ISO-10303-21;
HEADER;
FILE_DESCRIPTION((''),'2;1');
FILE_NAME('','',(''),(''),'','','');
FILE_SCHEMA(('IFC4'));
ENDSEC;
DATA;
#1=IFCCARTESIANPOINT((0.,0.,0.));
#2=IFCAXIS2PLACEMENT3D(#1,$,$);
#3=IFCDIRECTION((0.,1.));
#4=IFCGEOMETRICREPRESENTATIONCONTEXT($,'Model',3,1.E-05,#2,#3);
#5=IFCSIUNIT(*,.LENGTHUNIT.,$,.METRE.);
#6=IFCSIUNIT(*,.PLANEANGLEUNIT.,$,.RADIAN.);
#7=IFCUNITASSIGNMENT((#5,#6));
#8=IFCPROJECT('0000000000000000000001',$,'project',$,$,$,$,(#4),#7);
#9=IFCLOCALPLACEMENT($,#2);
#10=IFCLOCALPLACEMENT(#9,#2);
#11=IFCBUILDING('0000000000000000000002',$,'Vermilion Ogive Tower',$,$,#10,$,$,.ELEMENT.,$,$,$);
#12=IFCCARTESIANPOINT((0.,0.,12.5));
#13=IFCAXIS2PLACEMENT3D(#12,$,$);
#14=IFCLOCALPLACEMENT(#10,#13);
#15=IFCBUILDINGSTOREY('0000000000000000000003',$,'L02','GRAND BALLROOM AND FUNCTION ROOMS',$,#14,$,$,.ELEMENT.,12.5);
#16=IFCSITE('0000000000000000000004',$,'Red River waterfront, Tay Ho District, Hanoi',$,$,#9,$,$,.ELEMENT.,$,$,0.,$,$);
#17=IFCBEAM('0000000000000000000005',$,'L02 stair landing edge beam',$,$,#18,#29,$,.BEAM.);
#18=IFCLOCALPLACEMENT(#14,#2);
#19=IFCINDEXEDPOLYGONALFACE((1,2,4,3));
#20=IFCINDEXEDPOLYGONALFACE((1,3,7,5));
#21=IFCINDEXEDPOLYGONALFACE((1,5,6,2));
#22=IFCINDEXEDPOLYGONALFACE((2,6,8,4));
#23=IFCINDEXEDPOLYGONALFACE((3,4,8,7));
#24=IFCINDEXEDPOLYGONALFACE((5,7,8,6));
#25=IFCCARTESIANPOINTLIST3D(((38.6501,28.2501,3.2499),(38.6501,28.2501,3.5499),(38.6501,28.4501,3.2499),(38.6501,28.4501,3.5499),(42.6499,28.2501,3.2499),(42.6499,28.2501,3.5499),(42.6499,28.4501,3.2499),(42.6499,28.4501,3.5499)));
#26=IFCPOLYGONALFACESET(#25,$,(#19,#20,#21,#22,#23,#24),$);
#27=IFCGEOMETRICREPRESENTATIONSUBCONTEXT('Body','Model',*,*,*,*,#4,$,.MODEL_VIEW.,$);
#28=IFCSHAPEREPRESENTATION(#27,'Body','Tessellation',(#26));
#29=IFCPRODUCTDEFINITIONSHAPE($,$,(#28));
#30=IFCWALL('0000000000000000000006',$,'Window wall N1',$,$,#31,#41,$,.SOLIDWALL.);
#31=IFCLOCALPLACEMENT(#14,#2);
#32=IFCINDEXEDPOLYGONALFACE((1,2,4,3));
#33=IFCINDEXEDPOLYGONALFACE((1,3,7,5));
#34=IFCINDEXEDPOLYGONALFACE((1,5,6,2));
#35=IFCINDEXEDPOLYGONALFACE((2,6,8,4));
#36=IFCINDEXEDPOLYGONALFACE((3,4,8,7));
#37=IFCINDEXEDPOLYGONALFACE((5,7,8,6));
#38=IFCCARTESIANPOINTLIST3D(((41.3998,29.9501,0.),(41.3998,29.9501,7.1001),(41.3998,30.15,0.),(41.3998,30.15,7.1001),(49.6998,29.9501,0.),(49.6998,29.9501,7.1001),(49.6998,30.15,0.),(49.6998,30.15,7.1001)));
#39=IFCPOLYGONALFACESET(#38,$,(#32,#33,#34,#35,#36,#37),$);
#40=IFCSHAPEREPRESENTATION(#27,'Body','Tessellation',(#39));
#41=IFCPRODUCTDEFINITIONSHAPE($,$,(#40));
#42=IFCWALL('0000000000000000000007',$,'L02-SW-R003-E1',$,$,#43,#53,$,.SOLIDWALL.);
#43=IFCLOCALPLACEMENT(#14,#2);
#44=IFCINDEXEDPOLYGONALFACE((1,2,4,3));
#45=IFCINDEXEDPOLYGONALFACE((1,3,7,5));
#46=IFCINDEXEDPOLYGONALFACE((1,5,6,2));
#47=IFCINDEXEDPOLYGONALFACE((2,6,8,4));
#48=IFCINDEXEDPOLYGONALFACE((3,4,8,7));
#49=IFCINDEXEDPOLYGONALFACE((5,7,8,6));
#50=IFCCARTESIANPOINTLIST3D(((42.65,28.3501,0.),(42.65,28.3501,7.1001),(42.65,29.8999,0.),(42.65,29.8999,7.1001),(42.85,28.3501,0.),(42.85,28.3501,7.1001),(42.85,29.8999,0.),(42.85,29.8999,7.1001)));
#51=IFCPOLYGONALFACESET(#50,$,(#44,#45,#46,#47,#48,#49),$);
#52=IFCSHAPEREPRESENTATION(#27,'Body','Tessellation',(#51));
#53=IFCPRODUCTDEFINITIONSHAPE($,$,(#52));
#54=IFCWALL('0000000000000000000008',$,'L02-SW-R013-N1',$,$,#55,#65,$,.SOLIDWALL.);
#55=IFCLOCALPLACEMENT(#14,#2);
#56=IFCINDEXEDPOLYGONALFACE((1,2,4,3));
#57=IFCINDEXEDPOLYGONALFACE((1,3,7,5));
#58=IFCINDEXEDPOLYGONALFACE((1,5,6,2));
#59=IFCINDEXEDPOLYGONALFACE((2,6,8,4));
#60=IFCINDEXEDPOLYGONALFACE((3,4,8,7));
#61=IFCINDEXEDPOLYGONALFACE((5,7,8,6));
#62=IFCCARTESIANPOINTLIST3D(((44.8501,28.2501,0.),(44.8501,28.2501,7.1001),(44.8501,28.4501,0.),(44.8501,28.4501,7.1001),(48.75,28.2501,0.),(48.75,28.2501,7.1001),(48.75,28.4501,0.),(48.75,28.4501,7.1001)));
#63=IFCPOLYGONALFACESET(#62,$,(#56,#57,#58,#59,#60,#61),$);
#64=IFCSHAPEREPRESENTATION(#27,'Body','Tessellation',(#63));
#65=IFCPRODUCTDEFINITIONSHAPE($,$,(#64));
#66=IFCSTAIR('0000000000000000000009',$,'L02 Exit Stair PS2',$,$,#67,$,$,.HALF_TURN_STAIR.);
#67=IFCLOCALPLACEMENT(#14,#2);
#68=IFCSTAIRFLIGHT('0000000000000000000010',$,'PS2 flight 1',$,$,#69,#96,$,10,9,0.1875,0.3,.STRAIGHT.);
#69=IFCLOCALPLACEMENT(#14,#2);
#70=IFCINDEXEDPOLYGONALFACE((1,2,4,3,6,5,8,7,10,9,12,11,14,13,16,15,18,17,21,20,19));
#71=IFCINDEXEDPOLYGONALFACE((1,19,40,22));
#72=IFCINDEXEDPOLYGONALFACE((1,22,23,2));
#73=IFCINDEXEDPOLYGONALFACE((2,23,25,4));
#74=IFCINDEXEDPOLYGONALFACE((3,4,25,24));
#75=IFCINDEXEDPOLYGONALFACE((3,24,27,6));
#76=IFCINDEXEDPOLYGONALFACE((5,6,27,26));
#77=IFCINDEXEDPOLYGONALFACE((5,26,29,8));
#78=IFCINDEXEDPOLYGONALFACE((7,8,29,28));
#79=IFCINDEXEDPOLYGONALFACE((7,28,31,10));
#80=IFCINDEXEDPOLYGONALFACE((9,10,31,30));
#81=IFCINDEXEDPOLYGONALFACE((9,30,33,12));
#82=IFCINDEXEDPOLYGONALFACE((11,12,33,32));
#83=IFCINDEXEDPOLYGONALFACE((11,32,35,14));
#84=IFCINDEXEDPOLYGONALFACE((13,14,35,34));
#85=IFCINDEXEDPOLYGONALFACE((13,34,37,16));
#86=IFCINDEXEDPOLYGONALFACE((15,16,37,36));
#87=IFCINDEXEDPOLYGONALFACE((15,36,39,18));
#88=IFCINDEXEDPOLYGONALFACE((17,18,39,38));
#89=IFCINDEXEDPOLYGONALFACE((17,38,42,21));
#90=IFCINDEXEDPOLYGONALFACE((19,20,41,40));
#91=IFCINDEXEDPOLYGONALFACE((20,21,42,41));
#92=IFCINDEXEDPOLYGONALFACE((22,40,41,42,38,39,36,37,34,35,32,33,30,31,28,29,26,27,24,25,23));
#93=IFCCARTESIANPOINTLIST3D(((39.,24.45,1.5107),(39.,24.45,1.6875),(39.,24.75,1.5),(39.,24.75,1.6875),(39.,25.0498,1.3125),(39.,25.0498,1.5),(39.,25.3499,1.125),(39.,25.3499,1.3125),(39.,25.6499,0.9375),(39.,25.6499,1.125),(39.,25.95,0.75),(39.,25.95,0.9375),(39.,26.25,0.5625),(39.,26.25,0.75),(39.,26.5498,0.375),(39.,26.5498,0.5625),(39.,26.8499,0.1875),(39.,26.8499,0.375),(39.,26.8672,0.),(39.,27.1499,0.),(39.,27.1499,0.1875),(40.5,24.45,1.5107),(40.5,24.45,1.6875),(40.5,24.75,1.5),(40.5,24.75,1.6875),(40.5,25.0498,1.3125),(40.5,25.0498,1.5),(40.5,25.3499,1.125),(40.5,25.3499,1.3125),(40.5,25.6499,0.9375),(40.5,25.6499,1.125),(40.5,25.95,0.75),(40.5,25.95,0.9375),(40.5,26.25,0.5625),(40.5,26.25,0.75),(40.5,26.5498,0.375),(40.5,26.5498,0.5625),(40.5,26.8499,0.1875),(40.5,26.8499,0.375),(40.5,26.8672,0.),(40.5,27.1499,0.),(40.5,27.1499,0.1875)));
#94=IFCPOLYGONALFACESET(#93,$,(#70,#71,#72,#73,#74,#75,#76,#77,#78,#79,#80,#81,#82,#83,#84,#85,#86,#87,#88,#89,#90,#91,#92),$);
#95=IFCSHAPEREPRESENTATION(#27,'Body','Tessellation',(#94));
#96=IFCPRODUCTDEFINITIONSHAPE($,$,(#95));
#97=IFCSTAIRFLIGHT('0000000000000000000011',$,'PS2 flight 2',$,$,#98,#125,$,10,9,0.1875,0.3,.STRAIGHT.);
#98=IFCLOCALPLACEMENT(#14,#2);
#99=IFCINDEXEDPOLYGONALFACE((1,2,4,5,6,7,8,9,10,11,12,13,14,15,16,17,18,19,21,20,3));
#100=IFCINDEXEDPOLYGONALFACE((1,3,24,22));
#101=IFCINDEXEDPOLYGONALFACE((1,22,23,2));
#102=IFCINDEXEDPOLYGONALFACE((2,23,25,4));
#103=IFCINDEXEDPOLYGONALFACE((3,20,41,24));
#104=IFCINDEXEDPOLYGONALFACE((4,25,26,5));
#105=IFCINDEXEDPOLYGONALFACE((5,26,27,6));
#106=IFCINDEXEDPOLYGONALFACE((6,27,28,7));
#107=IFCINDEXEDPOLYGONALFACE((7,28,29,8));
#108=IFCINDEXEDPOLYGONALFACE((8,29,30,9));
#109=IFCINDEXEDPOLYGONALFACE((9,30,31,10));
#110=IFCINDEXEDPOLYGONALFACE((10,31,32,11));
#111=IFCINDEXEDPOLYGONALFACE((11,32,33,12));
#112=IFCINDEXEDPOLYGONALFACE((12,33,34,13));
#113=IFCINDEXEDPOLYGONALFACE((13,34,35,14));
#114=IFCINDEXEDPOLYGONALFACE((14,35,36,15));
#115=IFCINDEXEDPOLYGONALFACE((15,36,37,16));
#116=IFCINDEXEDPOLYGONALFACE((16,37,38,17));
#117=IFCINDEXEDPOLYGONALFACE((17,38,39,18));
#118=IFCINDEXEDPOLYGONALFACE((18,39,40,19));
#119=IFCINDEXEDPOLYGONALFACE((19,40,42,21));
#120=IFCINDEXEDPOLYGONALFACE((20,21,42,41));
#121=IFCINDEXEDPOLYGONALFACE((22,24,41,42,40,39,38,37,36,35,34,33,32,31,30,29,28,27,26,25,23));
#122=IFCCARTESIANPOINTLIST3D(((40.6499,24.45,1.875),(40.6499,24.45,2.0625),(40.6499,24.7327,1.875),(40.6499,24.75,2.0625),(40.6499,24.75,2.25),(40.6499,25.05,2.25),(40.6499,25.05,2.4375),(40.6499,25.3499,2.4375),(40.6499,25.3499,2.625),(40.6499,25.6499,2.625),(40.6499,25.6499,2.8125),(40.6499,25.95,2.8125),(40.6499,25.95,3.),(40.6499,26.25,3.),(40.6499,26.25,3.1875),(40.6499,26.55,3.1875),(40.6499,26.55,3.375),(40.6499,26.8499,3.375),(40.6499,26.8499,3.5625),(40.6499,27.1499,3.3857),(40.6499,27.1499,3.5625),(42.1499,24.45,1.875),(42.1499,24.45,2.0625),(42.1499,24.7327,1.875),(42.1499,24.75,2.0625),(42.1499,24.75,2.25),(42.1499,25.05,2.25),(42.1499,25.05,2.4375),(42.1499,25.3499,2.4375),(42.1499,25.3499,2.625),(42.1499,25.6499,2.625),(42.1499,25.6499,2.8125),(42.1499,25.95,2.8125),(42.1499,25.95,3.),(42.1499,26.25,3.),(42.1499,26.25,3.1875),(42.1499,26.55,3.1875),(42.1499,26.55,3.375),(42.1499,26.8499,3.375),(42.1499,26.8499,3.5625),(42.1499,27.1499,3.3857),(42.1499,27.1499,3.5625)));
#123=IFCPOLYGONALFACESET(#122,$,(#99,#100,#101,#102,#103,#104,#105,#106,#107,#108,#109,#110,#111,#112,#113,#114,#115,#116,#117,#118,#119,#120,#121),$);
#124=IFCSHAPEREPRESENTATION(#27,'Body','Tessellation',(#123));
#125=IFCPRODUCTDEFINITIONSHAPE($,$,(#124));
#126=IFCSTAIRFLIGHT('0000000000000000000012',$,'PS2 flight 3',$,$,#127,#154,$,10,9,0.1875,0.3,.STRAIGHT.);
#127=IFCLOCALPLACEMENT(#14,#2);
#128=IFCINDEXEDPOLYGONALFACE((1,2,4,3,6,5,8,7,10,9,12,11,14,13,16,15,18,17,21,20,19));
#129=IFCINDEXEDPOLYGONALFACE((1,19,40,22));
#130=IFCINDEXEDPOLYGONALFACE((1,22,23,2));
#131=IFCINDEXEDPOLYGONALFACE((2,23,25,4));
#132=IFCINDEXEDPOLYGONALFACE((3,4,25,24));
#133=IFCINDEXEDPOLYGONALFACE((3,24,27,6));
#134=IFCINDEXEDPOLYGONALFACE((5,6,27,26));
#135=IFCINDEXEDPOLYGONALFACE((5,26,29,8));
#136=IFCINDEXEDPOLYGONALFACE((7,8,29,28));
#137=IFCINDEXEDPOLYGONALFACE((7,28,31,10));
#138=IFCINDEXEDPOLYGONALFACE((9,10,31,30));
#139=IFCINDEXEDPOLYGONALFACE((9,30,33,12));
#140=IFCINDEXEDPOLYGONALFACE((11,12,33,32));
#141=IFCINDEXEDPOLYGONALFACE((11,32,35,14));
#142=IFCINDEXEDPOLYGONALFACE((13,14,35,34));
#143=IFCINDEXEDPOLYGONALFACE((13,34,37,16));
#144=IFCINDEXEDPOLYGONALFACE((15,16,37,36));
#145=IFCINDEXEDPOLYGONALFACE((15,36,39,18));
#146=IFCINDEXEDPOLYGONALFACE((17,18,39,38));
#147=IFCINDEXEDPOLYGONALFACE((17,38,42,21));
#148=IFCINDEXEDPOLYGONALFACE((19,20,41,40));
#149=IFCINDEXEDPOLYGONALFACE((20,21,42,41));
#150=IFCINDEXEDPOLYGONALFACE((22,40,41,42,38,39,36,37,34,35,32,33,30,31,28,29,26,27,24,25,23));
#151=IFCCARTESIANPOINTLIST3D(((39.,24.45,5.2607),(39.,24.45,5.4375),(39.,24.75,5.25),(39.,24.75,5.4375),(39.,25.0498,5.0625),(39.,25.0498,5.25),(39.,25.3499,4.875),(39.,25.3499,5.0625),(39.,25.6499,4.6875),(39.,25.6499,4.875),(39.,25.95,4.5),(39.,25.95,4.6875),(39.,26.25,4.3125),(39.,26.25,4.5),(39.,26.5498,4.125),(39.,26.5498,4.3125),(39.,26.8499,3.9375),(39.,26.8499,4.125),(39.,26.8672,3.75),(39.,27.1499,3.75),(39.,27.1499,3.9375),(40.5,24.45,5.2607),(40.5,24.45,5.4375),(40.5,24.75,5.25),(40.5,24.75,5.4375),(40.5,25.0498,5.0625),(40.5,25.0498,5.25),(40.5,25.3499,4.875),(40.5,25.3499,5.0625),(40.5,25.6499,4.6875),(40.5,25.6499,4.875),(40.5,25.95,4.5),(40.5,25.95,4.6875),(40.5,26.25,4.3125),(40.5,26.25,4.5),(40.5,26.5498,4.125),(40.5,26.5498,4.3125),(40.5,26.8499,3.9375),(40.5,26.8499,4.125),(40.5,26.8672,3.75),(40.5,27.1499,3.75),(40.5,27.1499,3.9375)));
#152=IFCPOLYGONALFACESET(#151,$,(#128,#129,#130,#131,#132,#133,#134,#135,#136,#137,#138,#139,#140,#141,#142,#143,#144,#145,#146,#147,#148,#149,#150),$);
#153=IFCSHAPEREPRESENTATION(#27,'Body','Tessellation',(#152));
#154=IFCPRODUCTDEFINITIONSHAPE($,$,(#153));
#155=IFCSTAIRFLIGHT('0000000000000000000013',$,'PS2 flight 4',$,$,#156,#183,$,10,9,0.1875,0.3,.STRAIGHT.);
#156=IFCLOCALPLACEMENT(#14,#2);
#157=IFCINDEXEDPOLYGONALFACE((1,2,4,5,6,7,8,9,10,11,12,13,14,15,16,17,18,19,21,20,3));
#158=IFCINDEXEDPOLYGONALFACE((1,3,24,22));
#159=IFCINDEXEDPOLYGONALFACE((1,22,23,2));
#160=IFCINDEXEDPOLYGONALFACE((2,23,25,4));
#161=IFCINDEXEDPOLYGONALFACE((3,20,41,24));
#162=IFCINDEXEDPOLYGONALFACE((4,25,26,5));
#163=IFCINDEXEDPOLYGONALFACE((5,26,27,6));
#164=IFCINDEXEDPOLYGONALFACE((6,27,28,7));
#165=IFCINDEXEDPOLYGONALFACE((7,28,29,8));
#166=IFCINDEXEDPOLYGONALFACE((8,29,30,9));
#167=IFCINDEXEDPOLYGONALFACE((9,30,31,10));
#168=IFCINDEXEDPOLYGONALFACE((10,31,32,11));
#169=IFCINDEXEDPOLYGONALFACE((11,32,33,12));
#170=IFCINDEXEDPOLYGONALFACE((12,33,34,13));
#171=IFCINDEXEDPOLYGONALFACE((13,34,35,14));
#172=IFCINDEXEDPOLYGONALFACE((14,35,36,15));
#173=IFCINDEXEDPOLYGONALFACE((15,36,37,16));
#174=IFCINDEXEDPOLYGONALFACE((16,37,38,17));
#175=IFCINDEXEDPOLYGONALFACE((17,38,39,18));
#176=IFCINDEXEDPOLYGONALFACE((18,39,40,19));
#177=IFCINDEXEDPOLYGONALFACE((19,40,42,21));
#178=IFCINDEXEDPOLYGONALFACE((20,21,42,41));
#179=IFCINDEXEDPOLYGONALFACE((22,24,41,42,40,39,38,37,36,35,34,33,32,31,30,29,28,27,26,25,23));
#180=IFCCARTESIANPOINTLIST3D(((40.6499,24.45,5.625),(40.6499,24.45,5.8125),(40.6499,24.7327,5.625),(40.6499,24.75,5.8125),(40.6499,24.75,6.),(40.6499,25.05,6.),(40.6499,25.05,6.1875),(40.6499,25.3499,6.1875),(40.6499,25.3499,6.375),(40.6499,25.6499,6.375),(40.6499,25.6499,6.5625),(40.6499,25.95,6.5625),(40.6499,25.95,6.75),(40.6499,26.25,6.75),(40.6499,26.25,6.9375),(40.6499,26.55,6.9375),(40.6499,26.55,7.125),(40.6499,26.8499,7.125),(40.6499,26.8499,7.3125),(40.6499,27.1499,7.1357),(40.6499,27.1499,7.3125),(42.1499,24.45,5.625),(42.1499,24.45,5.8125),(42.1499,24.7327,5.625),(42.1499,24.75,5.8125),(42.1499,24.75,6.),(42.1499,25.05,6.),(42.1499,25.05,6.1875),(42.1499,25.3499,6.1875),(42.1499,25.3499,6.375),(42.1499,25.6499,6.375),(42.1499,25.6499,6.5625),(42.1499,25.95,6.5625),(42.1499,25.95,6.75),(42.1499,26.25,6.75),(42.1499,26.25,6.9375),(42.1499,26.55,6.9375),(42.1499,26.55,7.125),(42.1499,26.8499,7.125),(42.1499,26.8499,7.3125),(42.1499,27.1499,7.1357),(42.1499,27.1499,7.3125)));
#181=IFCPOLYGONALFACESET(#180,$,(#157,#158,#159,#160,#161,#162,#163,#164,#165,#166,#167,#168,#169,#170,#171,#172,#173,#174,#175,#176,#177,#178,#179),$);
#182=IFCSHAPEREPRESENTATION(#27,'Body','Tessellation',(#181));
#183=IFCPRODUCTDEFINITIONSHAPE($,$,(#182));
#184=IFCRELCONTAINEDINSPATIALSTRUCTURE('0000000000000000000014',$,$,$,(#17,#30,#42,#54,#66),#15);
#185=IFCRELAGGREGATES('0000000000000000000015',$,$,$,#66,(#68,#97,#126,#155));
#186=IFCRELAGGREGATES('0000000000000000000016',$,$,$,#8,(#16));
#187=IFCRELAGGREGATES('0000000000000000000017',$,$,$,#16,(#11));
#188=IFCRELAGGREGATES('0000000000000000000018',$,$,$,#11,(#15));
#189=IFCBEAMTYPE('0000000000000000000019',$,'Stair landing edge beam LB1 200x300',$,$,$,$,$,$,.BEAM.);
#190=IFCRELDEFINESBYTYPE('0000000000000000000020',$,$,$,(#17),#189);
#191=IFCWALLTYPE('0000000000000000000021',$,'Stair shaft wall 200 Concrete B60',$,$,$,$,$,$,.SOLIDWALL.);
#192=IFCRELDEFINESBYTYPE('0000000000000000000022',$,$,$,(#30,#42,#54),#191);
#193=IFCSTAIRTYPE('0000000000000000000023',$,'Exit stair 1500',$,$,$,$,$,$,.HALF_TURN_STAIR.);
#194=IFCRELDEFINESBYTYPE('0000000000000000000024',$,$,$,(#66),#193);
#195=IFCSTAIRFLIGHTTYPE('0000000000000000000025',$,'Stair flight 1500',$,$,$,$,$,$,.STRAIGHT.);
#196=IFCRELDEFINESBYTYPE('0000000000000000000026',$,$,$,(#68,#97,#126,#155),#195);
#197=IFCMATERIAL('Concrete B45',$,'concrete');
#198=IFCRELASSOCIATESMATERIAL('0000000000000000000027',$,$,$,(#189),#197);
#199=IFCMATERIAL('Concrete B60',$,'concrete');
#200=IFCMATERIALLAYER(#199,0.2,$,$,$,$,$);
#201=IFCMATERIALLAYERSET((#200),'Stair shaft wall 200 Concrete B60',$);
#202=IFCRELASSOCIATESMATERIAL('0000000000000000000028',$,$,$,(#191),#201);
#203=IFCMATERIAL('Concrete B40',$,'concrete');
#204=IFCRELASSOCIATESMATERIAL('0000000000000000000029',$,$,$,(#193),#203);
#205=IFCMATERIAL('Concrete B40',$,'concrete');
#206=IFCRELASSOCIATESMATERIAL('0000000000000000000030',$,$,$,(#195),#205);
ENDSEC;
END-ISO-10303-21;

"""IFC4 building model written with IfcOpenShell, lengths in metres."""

from ifc_helpers import new_model, si_unit, direction, frame, frame_2d, origin, origin_2d, place, context, subcontext, project, spatial, polyline, rectangle, outline, extrude, material, layer, layer_set, material_profile, profile_set, type_object, element, aggregate, save


model = new_model("IFC4")

# Units and contexts
model_context = context("Model", 3, precision=1e-05, world=origin(), true_north=direction((0.0, 1.0)))
body_context = subcontext(model_context, "Body", "Model", "MODEL_VIEW")
ifc_project = project(units=[si_unit("LENGTHUNIT", "METRE"), si_unit("PLANEANGLEUNIT", "RADIAN")], contexts=[model_context])

# Site, building, storey
site_placement = place(None, origin())
site = spatial("IfcSite", under=ifc_project, at=site_placement, Name="Red River waterfront, Tay Ho District, Hanoi", CompositionType="ELEMENT", RefElevation=0.0)
building_placement = place(site_placement, origin())
building = spatial("IfcBuilding", under=site, at=building_placement, Name="Vermilion Ogive Tower", CompositionType="ELEMENT")
storey_placement = place(building_placement, frame((0.0, 0.0, 12.5)))
storey = spatial("IfcBuildingStorey", under=building, at=storey_placement, Name="L02", Description="GRAND BALLROOM AND FUNCTION ROOMS", CompositionType="ELEMENT", Elevation=12.5)

# Beam
ifc_material_1 = material(Name="Concrete B45", Category="concrete")
ifc_material_profile = material_profile(ifc_material_1, rectangle(XDim=0.2, YDim=0.3, at=origin_2d()), Name="RC 200x300")
ifc_profile_set = profile_set([ifc_material_profile], Name="Concrete B45")
beam_type = type_object("IfcBeamType", Name="Stair landing edge beam LB1 200x300", PredefinedType="BEAM", material=ifc_profile_set)
beam_placement = place(storey_placement, frame((38.6501, 28.3501, 3.3999), z_axis=(1.0, 0.0, 0.0), x_axis=(0.0, 1.0, 0.0)))
element("IfcBeam", 1, at=beam_placement, inside=storey, type_object=beam_type, Name="L02 stair landing edge beam", PredefinedType="BEAM", context=body_context, shape_type="SweptSolid", body=[
    extrude(rectangle(XDim=0.2, YDim=0.3, at=origin_2d()), origin(), (0.0, 0.0, 1.0), 3.9998),
])

# Walls
ifc_material_2 = material(Name="Concrete B60", Category="concrete")
ifc_layer = layer(ifc_material_2, 0.2)
ifc_layer_set = layer_set([ifc_layer], Name="Stair shaft wall 200 Concrete B60")
wall_type = type_object("IfcWallType", Name="Stair shaft wall 200 Concrete B60", PredefinedType="SOLIDWALL", material=ifc_layer_set)
wall_1_placement = place(storey_placement, frame((41.3999, 30.05, 0.0), z_axis=(0.0, 0.0, 1.0), x_axis=(1.0, 0.0, 0.0)))
element("IfcWall", 2, at=wall_1_placement, inside=storey, type_object=wall_type, Name="Window wall N1", PredefinedType="SOLIDWALL", context=body_context, shape_type="SweptSolid", body=[
    extrude(rectangle(XDim=8.3, YDim=0.2, at=frame_2d((4.1499, 0.0))), origin(), (0.0, 0.0, 1.0), 7.1001),
])
wall_2_placement = place(storey_placement, frame((42.75, 28.3501, 0.0), z_axis=(0.0, 0.0, 1.0), x_axis=(0.0, 1.0, 0.0)))
element("IfcWall", 3, at=wall_2_placement, inside=storey, type_object=wall_type, Name="L02-SW-R003-E1", PredefinedType="SOLIDWALL", context=body_context, shape_type="SweptSolid", body=[
    extrude(rectangle(XDim=1.5498, YDim=0.2, at=frame_2d((0.7749, 0.0))), origin(), (0.0, 0.0, 1.0), 7.1001),
])
wall_3_placement = place(storey_placement, frame((44.8501, 28.3501, 0.0), z_axis=(0.0, 0.0, 1.0), x_axis=(1.0, 0.0, 0.0)))
element("IfcWall", 4, at=wall_3_placement, inside=storey, type_object=wall_type, Name="L02-SW-R013-N1", PredefinedType="SOLIDWALL", context=body_context, shape_type="SweptSolid", body=[
    extrude(rectangle(XDim=3.8999, YDim=0.2, at=frame_2d((1.95, 0.0))), origin(), (0.0, 0.0, 1.0), 7.1001),
])

# Stair, stair flights
ifc_material_3 = material(Name="Concrete B40", Category="concrete")
stair_type = type_object("IfcStairType", Name="Exit stair 1500", PredefinedType="HALF_TURN_STAIR", material=ifc_material_3)
stair_placement = place(storey_placement, origin())
stair = element("IfcStair", 5, at=stair_placement, inside=storey, type_object=stair_type, Name="L02 Exit Stair PS2", PredefinedType="HALF_TURN_STAIR")
ifc_material_4 = material(Name="Concrete B40", Category="concrete")
stair_flight_type = type_object("IfcStairFlightType", Name="Stair flight 1500", PredefinedType="STRAIGHT", material=ifc_material_4)
stair_flight_1_placement = place(storey_placement, frame((39.75, 27.1499, 0.0), z_axis=(0.0, 0.0, 1.0), x_axis=(0.0, -1.0, 0.0)))
stair_flight_1 = element("IfcStairFlight", 6, at=stair_flight_1_placement, type_object=stair_flight_type, Name="PS2 flight 1", NumberOfRisers=10, NumberOfTreads=9, PredefinedType="STRAIGHT", RiserHeight=0.1875, TreadLength=0.3, context=body_context, shape_type="SweptSolid", body=[
    extrude(outline(polyline([(0.0, 0.0), (0.0, 0.1875), (0.3, 0.1875), (0.3, 0.375), (0.6001, 0.375), (0.6001, 0.5625), (0.8999, 0.5625), (0.8999, 0.75), (1.2, 0.75), (1.2, 0.9375), (1.5, 0.9375), (1.5, 1.125), (1.8, 1.125), (1.8, 1.3125), (2.1001, 1.3125), (2.1001, 1.5), (2.3999, 1.5), (2.3999, 1.6875), (2.7, 1.6875), (2.7, 1.875), (2.7, 1.5107), (0.2827, 0.0), (0.0, 0.0)])), frame((0.0, 0.75, 0.0), z_axis=(0.0, -1.0, 0.0), x_axis=(1.0, 0.0, 0.0)), (0.0, 0.0, 1.0), 1.5),
])
stair_flight_2_placement = place(storey_placement, frame((41.3999, 24.45, 1.875), z_axis=(0.0, 0.0, 1.0), x_axis=(0.0, 1.0, 0.0)))
stair_flight_2 = element("IfcStairFlight", 7, at=stair_flight_2_placement, type_object=stair_flight_type, Name="PS2 flight 2", NumberOfRisers=10, NumberOfTreads=9, PredefinedType="STRAIGHT", RiserHeight=0.1875, TreadLength=0.3, context=body_context, shape_type="SweptSolid", body=[
    extrude(outline(polyline([(0.0, 0.0), (0.0, 0.1875), (0.3, 0.1875), (0.3, 0.375), (0.6001, 0.375), (0.6001, 0.5625), (0.8999, 0.5625), (0.8999, 0.75), (1.2, 0.75), (1.2, 0.9375), (1.5, 0.9375), (1.5, 1.125), (1.8, 1.125), (1.8, 1.3125), (2.1001, 1.3125), (2.1001, 1.5), (2.3999, 1.5), (2.3999, 1.6875), (2.7, 1.6875), (2.7, 1.875), (2.7, 1.5107), (0.2827, 0.0), (0.0, 0.0)])), frame((0.0, 0.75, 0.0), z_axis=(0.0, -1.0, 0.0), x_axis=(1.0, 0.0, 0.0)), (0.0, 0.0, 1.0), 1.5),
])
stair_flight_3_placement = place(storey_placement, frame((39.75, 27.1499, 3.75), z_axis=(0.0, 0.0, 1.0), x_axis=(0.0, -1.0, 0.0)))
stair_flight_3 = element("IfcStairFlight", 8, at=stair_flight_3_placement, type_object=stair_flight_type, Name="PS2 flight 3", NumberOfRisers=10, NumberOfTreads=9, PredefinedType="STRAIGHT", RiserHeight=0.1875, TreadLength=0.3, context=body_context, shape_type="SweptSolid", body=[
    extrude(outline(polyline([(0.0, 0.0), (0.0, 0.1875), (0.3, 0.1875), (0.3, 0.375), (0.6001, 0.375), (0.6001, 0.5625), (0.8999, 0.5625), (0.8999, 0.75), (1.2, 0.75), (1.2, 0.9375), (1.5, 0.9375), (1.5, 1.125), (1.8, 1.125), (1.8, 1.3125), (2.1001, 1.3125), (2.1001, 1.5), (2.3999, 1.5), (2.3999, 1.6875), (2.7, 1.6875), (2.7, 1.875), (2.7, 1.5107), (0.2827, 0.0), (0.0, 0.0)])), frame((0.0, 0.75, 0.0), z_axis=(0.0, -1.0, 0.0), x_axis=(1.0, 0.0, 0.0)), (0.0, 0.0, 1.0), 1.5),
])
stair_flight_4_placement = place(storey_placement, frame((41.3999, 24.45, 5.625), z_axis=(0.0, 0.0, 1.0), x_axis=(0.0, 1.0, 0.0)))
stair_flight_4 = element("IfcStairFlight", 9, at=stair_flight_4_placement, type_object=stair_flight_type, Name="PS2 flight 4", NumberOfRisers=10, NumberOfTreads=9, PredefinedType="STRAIGHT", RiserHeight=0.1875, TreadLength=0.3, context=body_context, shape_type="SweptSolid", body=[
    extrude(outline(polyline([(0.0, 0.0), (0.0, 0.1875), (0.3, 0.1875), (0.3, 0.375), (0.6001, 0.375), (0.6001, 0.5625), (0.8999, 0.5625), (0.8999, 0.75), (1.2, 0.75), (1.2, 0.9375), (1.5, 0.9375), (1.5, 1.125), (1.8, 1.125), (1.8, 1.3125), (2.1001, 1.3125), (2.1001, 1.5), (2.3999, 1.5), (2.3999, 1.6875), (2.7, 1.6875), (2.7, 1.875), (2.7, 1.5107), (0.2827, 0.0), (0.0, 0.0)])), frame((0.0, 0.75, 0.0), z_axis=(0.0, -1.0, 0.0), x_axis=(1.0, 0.0, 0.0)), (0.0, 0.0, 1.0), 1.5),
])
aggregate(stair, [stair_flight_1, stair_flight_2, stair_flight_3, stair_flight_4])

save(model, "model.ifc")
